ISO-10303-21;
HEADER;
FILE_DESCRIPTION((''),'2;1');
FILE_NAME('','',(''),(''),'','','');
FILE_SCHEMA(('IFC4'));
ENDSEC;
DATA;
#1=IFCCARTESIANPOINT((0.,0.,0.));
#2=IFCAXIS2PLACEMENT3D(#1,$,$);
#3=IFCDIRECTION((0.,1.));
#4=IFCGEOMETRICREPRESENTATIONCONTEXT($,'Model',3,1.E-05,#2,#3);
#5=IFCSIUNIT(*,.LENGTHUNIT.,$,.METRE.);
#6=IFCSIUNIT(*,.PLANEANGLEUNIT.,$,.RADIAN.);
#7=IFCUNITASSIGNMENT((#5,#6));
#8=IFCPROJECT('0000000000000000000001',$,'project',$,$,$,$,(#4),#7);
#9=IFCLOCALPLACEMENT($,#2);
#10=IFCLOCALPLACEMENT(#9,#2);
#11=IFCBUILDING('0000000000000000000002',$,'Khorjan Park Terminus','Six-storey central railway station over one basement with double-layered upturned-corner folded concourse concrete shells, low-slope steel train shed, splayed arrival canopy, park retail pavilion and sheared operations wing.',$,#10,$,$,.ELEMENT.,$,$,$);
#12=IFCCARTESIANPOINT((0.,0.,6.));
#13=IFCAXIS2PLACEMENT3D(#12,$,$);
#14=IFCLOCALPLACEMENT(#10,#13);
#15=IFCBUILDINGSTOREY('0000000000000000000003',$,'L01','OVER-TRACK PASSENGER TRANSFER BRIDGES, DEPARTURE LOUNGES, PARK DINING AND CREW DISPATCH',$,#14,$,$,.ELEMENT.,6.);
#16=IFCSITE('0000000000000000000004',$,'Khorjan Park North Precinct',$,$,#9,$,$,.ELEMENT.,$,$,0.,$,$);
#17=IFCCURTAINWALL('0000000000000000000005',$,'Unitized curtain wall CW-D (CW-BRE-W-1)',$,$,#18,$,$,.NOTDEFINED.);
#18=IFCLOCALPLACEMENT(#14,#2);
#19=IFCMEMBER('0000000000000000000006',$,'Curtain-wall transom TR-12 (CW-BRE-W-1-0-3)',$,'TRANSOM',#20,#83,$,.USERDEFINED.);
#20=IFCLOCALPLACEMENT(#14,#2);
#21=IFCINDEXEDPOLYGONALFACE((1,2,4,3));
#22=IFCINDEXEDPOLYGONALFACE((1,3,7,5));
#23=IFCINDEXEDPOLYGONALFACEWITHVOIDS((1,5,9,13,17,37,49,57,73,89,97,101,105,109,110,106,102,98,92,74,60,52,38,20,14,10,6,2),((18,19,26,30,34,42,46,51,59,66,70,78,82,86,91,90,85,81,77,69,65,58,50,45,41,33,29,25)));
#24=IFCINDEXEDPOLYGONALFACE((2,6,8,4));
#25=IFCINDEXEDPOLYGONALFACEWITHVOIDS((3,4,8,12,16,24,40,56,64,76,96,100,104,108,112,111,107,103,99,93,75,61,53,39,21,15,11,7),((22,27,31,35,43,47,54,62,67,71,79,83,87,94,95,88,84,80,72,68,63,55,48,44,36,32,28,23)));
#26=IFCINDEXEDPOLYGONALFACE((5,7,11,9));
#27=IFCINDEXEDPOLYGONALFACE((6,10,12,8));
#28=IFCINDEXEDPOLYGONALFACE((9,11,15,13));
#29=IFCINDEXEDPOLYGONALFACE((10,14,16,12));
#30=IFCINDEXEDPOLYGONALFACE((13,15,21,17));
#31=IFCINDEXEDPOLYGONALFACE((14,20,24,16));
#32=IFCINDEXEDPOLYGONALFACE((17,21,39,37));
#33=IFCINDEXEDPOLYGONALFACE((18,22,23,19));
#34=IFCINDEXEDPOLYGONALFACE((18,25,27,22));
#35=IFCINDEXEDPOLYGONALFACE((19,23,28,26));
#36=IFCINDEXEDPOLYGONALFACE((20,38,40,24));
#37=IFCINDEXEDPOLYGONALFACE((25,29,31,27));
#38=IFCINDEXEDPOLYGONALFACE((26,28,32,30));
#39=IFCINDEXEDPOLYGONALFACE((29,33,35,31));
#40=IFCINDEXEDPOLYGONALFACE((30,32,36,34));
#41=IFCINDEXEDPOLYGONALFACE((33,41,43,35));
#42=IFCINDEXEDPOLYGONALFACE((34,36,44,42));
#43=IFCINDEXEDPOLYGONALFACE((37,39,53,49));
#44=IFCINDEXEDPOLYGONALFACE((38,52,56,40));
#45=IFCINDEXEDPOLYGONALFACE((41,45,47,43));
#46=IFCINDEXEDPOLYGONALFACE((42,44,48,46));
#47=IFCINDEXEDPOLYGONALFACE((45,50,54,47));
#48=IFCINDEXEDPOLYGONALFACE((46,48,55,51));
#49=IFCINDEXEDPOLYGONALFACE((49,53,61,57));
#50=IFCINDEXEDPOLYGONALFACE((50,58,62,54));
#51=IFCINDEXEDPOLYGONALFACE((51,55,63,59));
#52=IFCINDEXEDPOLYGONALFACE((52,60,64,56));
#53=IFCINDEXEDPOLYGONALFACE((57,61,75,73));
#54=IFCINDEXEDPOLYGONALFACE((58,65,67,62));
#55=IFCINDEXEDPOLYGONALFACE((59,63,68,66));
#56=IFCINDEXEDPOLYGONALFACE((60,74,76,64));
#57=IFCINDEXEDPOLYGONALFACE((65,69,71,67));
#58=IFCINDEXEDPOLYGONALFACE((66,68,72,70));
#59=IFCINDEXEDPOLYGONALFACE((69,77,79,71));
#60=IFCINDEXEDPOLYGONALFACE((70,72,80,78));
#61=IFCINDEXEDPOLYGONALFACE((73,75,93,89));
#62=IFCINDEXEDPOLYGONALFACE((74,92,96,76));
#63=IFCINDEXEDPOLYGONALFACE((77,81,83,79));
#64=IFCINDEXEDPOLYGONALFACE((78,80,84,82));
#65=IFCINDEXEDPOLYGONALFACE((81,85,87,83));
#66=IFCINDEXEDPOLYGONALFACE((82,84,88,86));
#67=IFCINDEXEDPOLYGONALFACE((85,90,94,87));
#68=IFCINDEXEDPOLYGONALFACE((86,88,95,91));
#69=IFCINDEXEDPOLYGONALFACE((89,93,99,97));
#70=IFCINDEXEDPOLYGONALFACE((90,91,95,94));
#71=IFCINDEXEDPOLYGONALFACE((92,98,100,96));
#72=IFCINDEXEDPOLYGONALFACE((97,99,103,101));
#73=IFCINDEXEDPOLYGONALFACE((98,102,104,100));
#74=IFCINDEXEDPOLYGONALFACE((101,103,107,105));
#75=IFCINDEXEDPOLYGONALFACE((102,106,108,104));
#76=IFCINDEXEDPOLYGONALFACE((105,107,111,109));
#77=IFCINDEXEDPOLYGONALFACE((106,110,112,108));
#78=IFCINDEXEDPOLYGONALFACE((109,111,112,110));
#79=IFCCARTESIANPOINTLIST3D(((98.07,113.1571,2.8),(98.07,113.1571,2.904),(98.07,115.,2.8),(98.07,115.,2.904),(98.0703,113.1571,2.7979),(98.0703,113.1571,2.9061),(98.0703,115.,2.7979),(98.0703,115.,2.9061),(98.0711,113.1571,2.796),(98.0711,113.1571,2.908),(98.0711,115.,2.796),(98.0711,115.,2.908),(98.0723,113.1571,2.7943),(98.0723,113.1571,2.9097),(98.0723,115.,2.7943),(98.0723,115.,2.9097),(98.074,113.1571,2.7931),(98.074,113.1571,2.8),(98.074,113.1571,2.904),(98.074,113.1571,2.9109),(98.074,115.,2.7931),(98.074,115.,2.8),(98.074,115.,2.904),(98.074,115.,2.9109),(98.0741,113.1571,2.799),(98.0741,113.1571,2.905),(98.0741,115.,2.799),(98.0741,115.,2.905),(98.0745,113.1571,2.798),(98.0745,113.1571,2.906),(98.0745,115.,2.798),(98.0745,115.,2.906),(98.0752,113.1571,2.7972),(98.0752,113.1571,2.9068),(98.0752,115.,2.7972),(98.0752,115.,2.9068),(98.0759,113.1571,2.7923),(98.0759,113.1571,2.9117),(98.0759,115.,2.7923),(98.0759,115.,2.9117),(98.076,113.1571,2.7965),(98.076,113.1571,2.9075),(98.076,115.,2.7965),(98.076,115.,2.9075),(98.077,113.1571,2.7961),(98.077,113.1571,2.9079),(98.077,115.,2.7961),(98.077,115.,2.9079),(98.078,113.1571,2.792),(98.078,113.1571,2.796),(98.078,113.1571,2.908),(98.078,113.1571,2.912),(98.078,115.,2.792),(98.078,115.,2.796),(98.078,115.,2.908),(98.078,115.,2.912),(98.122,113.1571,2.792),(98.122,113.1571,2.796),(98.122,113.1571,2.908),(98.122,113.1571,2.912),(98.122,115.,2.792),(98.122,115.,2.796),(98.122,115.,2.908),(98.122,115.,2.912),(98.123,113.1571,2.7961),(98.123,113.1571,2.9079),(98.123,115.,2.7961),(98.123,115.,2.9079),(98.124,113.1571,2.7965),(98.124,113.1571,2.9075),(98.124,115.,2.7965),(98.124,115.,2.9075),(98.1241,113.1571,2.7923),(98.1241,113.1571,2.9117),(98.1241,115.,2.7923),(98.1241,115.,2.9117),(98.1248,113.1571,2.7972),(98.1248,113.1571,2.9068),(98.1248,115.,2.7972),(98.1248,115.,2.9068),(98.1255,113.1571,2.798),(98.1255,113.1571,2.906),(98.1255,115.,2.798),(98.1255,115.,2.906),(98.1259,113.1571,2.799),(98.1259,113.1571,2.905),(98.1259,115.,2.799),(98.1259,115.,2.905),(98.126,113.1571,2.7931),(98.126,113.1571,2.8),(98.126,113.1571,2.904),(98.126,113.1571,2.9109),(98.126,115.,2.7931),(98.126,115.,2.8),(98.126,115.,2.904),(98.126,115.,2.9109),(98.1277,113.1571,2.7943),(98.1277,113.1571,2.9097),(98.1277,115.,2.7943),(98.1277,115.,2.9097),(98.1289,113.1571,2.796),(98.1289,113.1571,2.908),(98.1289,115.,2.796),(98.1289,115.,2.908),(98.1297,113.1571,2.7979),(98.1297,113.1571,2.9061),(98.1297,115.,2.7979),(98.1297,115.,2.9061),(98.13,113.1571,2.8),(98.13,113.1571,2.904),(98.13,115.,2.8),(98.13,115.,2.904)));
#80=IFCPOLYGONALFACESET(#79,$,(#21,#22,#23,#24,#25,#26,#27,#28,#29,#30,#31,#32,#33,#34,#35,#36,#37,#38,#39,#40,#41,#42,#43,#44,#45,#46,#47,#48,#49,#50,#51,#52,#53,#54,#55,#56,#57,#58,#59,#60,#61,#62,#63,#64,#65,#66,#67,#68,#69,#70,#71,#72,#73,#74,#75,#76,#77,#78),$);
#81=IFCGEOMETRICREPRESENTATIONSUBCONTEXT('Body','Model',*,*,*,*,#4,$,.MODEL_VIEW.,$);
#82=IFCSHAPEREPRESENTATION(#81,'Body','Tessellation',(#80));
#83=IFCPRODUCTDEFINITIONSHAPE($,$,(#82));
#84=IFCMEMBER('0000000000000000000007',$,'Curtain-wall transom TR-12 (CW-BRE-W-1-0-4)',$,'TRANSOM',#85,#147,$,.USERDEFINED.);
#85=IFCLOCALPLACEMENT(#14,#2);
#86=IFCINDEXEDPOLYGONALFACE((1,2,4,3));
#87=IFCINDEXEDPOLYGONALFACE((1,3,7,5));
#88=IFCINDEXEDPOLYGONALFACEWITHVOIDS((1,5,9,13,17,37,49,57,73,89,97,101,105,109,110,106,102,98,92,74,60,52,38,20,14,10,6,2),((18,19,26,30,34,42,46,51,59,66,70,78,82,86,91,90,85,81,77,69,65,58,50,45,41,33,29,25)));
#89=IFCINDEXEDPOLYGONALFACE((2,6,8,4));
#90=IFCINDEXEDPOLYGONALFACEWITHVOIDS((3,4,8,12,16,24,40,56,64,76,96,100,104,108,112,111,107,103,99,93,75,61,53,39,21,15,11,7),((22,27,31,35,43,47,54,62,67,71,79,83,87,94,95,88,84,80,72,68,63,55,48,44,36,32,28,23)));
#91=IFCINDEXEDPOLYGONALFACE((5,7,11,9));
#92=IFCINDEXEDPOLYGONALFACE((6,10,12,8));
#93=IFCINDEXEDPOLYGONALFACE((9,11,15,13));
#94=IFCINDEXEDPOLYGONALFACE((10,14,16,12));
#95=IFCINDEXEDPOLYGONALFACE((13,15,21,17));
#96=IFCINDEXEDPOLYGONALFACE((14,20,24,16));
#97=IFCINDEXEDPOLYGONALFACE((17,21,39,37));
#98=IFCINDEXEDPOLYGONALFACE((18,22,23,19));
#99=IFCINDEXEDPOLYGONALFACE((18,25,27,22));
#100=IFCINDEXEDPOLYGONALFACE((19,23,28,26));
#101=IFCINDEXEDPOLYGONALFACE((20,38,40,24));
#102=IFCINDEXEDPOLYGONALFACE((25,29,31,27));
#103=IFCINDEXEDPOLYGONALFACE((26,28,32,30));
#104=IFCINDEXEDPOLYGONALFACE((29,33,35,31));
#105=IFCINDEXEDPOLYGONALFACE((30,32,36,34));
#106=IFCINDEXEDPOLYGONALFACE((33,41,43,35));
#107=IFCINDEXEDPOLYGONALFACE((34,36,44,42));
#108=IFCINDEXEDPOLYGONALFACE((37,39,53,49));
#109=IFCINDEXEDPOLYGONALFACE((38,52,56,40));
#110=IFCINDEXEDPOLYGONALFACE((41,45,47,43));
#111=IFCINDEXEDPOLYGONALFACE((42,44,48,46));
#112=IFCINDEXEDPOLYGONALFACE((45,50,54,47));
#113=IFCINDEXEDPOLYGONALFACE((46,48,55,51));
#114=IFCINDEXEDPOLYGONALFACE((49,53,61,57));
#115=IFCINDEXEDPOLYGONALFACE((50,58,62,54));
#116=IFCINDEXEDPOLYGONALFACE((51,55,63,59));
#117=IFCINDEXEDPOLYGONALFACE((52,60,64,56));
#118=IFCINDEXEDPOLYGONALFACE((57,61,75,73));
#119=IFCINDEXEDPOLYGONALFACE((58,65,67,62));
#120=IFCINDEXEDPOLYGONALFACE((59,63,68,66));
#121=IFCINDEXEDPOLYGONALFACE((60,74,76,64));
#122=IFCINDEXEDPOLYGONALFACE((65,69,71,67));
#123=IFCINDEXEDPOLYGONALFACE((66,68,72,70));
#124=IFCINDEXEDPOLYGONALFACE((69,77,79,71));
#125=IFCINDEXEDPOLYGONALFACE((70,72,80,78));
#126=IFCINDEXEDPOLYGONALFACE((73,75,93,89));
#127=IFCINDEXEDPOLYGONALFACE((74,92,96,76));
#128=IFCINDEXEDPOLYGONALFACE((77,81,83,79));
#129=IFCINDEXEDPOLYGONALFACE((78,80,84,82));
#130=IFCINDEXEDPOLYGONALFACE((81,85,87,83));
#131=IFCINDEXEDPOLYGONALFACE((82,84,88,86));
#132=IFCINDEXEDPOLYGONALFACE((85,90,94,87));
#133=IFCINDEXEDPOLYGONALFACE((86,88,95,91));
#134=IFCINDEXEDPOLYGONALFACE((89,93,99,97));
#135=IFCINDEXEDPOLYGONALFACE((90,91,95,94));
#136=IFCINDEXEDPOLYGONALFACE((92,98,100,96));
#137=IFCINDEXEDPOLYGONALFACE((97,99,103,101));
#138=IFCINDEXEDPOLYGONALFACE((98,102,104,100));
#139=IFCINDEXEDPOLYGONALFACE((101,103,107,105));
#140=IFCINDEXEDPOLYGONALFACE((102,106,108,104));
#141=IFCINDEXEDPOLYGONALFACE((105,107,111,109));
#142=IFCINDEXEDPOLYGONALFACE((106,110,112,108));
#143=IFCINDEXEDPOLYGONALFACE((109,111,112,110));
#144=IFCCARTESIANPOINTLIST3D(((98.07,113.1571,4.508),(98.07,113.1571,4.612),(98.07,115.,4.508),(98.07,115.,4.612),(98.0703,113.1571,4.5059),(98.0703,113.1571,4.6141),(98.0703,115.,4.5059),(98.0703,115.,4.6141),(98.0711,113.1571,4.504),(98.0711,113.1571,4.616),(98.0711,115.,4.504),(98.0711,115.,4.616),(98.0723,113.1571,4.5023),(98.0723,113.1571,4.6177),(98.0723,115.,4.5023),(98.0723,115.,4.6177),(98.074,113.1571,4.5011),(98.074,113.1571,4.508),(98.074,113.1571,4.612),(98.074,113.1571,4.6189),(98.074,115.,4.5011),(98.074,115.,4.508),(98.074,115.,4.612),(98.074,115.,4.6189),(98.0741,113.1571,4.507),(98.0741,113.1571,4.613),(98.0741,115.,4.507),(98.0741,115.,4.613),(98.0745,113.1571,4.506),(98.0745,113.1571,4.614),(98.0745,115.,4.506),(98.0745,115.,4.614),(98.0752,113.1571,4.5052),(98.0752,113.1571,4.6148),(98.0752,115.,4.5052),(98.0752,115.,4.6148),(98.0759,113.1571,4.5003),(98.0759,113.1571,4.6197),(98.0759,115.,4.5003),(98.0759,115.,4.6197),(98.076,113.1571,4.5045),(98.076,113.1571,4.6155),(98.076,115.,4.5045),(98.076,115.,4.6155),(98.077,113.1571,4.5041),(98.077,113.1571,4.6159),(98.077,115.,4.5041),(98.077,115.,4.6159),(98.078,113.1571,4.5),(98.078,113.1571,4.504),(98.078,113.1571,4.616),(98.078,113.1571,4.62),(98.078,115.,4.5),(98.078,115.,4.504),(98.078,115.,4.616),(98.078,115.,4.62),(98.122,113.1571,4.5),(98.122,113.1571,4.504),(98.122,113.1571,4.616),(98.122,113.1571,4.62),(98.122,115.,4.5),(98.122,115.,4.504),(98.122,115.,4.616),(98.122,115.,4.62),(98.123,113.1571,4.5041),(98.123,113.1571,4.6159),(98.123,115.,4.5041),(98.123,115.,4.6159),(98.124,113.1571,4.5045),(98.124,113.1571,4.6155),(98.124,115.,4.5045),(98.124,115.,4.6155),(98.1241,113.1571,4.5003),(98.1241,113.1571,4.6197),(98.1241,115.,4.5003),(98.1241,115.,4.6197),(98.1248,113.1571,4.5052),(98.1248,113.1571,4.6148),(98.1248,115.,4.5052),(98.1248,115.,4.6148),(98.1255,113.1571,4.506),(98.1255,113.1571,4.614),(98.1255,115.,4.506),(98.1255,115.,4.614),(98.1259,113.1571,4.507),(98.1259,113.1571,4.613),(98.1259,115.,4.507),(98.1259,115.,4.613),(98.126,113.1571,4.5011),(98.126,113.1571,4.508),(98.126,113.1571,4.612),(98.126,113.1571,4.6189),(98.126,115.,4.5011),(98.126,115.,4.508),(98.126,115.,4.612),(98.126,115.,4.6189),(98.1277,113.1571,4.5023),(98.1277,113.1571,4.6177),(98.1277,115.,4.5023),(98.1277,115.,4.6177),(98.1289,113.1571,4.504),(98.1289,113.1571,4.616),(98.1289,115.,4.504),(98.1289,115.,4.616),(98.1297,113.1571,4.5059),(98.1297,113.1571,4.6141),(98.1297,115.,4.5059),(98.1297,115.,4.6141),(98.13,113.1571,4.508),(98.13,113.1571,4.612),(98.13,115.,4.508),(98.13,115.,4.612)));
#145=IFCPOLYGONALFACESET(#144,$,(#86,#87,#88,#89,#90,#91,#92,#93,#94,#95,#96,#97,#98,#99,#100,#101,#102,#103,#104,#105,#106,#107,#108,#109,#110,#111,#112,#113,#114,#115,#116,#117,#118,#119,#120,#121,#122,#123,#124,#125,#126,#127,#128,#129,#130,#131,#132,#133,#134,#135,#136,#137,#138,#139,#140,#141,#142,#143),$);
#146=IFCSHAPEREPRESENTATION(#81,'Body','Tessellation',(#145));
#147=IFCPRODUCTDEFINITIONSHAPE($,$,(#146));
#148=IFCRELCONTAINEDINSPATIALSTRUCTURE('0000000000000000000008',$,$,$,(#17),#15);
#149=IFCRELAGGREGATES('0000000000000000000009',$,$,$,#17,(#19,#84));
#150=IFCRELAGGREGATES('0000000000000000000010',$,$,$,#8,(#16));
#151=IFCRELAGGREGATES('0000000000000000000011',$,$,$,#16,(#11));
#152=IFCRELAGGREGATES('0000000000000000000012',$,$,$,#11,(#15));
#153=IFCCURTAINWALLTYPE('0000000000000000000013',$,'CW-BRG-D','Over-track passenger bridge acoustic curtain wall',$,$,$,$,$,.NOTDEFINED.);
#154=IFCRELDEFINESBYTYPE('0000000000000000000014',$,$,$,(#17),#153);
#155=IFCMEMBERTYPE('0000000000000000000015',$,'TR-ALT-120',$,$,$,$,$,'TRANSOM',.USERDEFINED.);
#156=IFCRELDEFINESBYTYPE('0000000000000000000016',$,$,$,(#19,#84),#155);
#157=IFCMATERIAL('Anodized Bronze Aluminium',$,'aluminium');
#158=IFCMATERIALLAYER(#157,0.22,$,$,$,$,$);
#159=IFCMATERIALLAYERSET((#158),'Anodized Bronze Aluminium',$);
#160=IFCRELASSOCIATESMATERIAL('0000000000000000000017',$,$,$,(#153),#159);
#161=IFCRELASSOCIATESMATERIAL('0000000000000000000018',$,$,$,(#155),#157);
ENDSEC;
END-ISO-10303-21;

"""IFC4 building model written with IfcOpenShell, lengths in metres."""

from ifc_helpers import new_model, si_unit, direction, frame, origin, origin_2d, place, context, subcontext, project, spatial, hollow_rectangle, extrude, material, layer, layer_set, material_profile, profile_set, type_object, element, aggregate, save


model = new_model("IFC4")

# Units and contexts
model_context = context("Model", 3, precision=1e-05, world=origin(), true_north=direction((0.0, 1.0)))
body_context = subcontext(model_context, "Body", "Model", "MODEL_VIEW")
ifc_project = project(units=[si_unit("LENGTHUNIT", "METRE"), si_unit("PLANEANGLEUNIT", "RADIAN")], contexts=[model_context])

# Site, building, storey
site_placement = place(None, origin())
site = spatial("IfcSite", under=ifc_project, at=site_placement, Name="Khorjan Park North Precinct", CompositionType="ELEMENT", RefElevation=0.0)
building_placement = place(site_placement, origin())
building = spatial("IfcBuilding", under=site, at=building_placement, Name="Khorjan Park Terminus", Description="Six-storey central railway station over one basement with double-layered upturned-corner folded concourse concrete shells, low-slope steel train shed, splayed arrival canopy, park retail pavilion and sheared operations wing.", CompositionType="ELEMENT")
storey_placement = place(building_placement, frame((0.0, 0.0, 6.0)))
storey = spatial("IfcBuildingStorey", under=building, at=storey_placement, Name="L01", Description="OVER-TRACK PASSENGER TRANSFER BRIDGES, DEPARTURE LOUNGES, PARK DINING AND CREW DISPATCH", CompositionType="ELEMENT", Elevation=6.0)

# Shared definitions
ifc_material_1 = material(Name="Anodized Bronze Aluminium", Category="aluminium")
ifc_layer_1 = layer(ifc_material_1, 0.22)
ifc_layer_set_1 = layer_set([ifc_layer_1], Name="Anodized Bronze Aluminium")
curtain_wall_type = type_object("IfcCurtainWallType", Name="CW-BRG-D", Description="Over-track passenger bridge acoustic curtain wall", PredefinedType="NOTDEFINED", material=ifc_layer_set_1)

# Curtain wall
curtain_wall_1_placement = place(storey_placement, origin())
curtain_wall_1 = element("IfcCurtainWall", 1, at=curtain_wall_1_placement, inside=storey, type_object=curtain_wall_type, Name="Unitized curtain wall CW-D (CW-BRE-W-1)", PredefinedType="NOTDEFINED")

# Members
ifc_material_profile_1 = material_profile(ifc_material_1, hollow_rectangle(XDim=0.06, YDim=0.12, WallThickness=0.004, InnerFilletRadius=0.004, OuterFilletRadius=0.008, at=origin_2d()), Name="ALT 60x120x4")
ifc_profile_set_1 = profile_set([ifc_material_profile_1], Name="Anodized Bronze Aluminium")
member_type_1 = type_object("IfcMemberType", Name="TR-ALT-120", ElementType="TRANSOM", PredefinedType="USERDEFINED", material=ifc_profile_set_1)
member_1_placement = place(storey_placement, frame((98.1, 115.0, 2.852), z_axis=(0.0, -1.0, 0.0), x_axis=(1.0, 0.0, 0.0)))
member_1 = element("IfcMember", 2, at=member_1_placement, type_object=member_type_1, Name="Curtain-wall transom TR-12 (CW-BRE-W-1-0-3)", ObjectType="TRANSOM", PredefinedType="USERDEFINED", context=body_context, shape_type="SweptSolid", body=[
    extrude(hollow_rectangle(XDim=0.06, YDim=0.12, WallThickness=0.004, InnerFilletRadius=0.004, OuterFilletRadius=0.008, at=origin_2d()), origin(), (0.0, 0.0, 1.0), 1.8429),
])
member_2_placement = place(storey_placement, frame((98.1, 115.0, 4.56), z_axis=(0.0, -1.0, 0.0), x_axis=(1.0, 0.0, 0.0)))
member_2 = element("IfcMember", 3, at=member_2_placement, type_object=member_type_1, Name="Curtain-wall transom TR-12 (CW-BRE-W-1-0-4)", ObjectType="TRANSOM", PredefinedType="USERDEFINED", context=body_context, shape_type="SweptSolid", body=[
    extrude(hollow_rectangle(XDim=0.06, YDim=0.12, WallThickness=0.004, InnerFilletRadius=0.004, OuterFilletRadius=0.008, at=origin_2d()), origin(), (0.0, 0.0, 1.0), 1.8429),
])

aggregate(curtain_wall_1, [member_1, member_2])

save(model, "model.ifc")
